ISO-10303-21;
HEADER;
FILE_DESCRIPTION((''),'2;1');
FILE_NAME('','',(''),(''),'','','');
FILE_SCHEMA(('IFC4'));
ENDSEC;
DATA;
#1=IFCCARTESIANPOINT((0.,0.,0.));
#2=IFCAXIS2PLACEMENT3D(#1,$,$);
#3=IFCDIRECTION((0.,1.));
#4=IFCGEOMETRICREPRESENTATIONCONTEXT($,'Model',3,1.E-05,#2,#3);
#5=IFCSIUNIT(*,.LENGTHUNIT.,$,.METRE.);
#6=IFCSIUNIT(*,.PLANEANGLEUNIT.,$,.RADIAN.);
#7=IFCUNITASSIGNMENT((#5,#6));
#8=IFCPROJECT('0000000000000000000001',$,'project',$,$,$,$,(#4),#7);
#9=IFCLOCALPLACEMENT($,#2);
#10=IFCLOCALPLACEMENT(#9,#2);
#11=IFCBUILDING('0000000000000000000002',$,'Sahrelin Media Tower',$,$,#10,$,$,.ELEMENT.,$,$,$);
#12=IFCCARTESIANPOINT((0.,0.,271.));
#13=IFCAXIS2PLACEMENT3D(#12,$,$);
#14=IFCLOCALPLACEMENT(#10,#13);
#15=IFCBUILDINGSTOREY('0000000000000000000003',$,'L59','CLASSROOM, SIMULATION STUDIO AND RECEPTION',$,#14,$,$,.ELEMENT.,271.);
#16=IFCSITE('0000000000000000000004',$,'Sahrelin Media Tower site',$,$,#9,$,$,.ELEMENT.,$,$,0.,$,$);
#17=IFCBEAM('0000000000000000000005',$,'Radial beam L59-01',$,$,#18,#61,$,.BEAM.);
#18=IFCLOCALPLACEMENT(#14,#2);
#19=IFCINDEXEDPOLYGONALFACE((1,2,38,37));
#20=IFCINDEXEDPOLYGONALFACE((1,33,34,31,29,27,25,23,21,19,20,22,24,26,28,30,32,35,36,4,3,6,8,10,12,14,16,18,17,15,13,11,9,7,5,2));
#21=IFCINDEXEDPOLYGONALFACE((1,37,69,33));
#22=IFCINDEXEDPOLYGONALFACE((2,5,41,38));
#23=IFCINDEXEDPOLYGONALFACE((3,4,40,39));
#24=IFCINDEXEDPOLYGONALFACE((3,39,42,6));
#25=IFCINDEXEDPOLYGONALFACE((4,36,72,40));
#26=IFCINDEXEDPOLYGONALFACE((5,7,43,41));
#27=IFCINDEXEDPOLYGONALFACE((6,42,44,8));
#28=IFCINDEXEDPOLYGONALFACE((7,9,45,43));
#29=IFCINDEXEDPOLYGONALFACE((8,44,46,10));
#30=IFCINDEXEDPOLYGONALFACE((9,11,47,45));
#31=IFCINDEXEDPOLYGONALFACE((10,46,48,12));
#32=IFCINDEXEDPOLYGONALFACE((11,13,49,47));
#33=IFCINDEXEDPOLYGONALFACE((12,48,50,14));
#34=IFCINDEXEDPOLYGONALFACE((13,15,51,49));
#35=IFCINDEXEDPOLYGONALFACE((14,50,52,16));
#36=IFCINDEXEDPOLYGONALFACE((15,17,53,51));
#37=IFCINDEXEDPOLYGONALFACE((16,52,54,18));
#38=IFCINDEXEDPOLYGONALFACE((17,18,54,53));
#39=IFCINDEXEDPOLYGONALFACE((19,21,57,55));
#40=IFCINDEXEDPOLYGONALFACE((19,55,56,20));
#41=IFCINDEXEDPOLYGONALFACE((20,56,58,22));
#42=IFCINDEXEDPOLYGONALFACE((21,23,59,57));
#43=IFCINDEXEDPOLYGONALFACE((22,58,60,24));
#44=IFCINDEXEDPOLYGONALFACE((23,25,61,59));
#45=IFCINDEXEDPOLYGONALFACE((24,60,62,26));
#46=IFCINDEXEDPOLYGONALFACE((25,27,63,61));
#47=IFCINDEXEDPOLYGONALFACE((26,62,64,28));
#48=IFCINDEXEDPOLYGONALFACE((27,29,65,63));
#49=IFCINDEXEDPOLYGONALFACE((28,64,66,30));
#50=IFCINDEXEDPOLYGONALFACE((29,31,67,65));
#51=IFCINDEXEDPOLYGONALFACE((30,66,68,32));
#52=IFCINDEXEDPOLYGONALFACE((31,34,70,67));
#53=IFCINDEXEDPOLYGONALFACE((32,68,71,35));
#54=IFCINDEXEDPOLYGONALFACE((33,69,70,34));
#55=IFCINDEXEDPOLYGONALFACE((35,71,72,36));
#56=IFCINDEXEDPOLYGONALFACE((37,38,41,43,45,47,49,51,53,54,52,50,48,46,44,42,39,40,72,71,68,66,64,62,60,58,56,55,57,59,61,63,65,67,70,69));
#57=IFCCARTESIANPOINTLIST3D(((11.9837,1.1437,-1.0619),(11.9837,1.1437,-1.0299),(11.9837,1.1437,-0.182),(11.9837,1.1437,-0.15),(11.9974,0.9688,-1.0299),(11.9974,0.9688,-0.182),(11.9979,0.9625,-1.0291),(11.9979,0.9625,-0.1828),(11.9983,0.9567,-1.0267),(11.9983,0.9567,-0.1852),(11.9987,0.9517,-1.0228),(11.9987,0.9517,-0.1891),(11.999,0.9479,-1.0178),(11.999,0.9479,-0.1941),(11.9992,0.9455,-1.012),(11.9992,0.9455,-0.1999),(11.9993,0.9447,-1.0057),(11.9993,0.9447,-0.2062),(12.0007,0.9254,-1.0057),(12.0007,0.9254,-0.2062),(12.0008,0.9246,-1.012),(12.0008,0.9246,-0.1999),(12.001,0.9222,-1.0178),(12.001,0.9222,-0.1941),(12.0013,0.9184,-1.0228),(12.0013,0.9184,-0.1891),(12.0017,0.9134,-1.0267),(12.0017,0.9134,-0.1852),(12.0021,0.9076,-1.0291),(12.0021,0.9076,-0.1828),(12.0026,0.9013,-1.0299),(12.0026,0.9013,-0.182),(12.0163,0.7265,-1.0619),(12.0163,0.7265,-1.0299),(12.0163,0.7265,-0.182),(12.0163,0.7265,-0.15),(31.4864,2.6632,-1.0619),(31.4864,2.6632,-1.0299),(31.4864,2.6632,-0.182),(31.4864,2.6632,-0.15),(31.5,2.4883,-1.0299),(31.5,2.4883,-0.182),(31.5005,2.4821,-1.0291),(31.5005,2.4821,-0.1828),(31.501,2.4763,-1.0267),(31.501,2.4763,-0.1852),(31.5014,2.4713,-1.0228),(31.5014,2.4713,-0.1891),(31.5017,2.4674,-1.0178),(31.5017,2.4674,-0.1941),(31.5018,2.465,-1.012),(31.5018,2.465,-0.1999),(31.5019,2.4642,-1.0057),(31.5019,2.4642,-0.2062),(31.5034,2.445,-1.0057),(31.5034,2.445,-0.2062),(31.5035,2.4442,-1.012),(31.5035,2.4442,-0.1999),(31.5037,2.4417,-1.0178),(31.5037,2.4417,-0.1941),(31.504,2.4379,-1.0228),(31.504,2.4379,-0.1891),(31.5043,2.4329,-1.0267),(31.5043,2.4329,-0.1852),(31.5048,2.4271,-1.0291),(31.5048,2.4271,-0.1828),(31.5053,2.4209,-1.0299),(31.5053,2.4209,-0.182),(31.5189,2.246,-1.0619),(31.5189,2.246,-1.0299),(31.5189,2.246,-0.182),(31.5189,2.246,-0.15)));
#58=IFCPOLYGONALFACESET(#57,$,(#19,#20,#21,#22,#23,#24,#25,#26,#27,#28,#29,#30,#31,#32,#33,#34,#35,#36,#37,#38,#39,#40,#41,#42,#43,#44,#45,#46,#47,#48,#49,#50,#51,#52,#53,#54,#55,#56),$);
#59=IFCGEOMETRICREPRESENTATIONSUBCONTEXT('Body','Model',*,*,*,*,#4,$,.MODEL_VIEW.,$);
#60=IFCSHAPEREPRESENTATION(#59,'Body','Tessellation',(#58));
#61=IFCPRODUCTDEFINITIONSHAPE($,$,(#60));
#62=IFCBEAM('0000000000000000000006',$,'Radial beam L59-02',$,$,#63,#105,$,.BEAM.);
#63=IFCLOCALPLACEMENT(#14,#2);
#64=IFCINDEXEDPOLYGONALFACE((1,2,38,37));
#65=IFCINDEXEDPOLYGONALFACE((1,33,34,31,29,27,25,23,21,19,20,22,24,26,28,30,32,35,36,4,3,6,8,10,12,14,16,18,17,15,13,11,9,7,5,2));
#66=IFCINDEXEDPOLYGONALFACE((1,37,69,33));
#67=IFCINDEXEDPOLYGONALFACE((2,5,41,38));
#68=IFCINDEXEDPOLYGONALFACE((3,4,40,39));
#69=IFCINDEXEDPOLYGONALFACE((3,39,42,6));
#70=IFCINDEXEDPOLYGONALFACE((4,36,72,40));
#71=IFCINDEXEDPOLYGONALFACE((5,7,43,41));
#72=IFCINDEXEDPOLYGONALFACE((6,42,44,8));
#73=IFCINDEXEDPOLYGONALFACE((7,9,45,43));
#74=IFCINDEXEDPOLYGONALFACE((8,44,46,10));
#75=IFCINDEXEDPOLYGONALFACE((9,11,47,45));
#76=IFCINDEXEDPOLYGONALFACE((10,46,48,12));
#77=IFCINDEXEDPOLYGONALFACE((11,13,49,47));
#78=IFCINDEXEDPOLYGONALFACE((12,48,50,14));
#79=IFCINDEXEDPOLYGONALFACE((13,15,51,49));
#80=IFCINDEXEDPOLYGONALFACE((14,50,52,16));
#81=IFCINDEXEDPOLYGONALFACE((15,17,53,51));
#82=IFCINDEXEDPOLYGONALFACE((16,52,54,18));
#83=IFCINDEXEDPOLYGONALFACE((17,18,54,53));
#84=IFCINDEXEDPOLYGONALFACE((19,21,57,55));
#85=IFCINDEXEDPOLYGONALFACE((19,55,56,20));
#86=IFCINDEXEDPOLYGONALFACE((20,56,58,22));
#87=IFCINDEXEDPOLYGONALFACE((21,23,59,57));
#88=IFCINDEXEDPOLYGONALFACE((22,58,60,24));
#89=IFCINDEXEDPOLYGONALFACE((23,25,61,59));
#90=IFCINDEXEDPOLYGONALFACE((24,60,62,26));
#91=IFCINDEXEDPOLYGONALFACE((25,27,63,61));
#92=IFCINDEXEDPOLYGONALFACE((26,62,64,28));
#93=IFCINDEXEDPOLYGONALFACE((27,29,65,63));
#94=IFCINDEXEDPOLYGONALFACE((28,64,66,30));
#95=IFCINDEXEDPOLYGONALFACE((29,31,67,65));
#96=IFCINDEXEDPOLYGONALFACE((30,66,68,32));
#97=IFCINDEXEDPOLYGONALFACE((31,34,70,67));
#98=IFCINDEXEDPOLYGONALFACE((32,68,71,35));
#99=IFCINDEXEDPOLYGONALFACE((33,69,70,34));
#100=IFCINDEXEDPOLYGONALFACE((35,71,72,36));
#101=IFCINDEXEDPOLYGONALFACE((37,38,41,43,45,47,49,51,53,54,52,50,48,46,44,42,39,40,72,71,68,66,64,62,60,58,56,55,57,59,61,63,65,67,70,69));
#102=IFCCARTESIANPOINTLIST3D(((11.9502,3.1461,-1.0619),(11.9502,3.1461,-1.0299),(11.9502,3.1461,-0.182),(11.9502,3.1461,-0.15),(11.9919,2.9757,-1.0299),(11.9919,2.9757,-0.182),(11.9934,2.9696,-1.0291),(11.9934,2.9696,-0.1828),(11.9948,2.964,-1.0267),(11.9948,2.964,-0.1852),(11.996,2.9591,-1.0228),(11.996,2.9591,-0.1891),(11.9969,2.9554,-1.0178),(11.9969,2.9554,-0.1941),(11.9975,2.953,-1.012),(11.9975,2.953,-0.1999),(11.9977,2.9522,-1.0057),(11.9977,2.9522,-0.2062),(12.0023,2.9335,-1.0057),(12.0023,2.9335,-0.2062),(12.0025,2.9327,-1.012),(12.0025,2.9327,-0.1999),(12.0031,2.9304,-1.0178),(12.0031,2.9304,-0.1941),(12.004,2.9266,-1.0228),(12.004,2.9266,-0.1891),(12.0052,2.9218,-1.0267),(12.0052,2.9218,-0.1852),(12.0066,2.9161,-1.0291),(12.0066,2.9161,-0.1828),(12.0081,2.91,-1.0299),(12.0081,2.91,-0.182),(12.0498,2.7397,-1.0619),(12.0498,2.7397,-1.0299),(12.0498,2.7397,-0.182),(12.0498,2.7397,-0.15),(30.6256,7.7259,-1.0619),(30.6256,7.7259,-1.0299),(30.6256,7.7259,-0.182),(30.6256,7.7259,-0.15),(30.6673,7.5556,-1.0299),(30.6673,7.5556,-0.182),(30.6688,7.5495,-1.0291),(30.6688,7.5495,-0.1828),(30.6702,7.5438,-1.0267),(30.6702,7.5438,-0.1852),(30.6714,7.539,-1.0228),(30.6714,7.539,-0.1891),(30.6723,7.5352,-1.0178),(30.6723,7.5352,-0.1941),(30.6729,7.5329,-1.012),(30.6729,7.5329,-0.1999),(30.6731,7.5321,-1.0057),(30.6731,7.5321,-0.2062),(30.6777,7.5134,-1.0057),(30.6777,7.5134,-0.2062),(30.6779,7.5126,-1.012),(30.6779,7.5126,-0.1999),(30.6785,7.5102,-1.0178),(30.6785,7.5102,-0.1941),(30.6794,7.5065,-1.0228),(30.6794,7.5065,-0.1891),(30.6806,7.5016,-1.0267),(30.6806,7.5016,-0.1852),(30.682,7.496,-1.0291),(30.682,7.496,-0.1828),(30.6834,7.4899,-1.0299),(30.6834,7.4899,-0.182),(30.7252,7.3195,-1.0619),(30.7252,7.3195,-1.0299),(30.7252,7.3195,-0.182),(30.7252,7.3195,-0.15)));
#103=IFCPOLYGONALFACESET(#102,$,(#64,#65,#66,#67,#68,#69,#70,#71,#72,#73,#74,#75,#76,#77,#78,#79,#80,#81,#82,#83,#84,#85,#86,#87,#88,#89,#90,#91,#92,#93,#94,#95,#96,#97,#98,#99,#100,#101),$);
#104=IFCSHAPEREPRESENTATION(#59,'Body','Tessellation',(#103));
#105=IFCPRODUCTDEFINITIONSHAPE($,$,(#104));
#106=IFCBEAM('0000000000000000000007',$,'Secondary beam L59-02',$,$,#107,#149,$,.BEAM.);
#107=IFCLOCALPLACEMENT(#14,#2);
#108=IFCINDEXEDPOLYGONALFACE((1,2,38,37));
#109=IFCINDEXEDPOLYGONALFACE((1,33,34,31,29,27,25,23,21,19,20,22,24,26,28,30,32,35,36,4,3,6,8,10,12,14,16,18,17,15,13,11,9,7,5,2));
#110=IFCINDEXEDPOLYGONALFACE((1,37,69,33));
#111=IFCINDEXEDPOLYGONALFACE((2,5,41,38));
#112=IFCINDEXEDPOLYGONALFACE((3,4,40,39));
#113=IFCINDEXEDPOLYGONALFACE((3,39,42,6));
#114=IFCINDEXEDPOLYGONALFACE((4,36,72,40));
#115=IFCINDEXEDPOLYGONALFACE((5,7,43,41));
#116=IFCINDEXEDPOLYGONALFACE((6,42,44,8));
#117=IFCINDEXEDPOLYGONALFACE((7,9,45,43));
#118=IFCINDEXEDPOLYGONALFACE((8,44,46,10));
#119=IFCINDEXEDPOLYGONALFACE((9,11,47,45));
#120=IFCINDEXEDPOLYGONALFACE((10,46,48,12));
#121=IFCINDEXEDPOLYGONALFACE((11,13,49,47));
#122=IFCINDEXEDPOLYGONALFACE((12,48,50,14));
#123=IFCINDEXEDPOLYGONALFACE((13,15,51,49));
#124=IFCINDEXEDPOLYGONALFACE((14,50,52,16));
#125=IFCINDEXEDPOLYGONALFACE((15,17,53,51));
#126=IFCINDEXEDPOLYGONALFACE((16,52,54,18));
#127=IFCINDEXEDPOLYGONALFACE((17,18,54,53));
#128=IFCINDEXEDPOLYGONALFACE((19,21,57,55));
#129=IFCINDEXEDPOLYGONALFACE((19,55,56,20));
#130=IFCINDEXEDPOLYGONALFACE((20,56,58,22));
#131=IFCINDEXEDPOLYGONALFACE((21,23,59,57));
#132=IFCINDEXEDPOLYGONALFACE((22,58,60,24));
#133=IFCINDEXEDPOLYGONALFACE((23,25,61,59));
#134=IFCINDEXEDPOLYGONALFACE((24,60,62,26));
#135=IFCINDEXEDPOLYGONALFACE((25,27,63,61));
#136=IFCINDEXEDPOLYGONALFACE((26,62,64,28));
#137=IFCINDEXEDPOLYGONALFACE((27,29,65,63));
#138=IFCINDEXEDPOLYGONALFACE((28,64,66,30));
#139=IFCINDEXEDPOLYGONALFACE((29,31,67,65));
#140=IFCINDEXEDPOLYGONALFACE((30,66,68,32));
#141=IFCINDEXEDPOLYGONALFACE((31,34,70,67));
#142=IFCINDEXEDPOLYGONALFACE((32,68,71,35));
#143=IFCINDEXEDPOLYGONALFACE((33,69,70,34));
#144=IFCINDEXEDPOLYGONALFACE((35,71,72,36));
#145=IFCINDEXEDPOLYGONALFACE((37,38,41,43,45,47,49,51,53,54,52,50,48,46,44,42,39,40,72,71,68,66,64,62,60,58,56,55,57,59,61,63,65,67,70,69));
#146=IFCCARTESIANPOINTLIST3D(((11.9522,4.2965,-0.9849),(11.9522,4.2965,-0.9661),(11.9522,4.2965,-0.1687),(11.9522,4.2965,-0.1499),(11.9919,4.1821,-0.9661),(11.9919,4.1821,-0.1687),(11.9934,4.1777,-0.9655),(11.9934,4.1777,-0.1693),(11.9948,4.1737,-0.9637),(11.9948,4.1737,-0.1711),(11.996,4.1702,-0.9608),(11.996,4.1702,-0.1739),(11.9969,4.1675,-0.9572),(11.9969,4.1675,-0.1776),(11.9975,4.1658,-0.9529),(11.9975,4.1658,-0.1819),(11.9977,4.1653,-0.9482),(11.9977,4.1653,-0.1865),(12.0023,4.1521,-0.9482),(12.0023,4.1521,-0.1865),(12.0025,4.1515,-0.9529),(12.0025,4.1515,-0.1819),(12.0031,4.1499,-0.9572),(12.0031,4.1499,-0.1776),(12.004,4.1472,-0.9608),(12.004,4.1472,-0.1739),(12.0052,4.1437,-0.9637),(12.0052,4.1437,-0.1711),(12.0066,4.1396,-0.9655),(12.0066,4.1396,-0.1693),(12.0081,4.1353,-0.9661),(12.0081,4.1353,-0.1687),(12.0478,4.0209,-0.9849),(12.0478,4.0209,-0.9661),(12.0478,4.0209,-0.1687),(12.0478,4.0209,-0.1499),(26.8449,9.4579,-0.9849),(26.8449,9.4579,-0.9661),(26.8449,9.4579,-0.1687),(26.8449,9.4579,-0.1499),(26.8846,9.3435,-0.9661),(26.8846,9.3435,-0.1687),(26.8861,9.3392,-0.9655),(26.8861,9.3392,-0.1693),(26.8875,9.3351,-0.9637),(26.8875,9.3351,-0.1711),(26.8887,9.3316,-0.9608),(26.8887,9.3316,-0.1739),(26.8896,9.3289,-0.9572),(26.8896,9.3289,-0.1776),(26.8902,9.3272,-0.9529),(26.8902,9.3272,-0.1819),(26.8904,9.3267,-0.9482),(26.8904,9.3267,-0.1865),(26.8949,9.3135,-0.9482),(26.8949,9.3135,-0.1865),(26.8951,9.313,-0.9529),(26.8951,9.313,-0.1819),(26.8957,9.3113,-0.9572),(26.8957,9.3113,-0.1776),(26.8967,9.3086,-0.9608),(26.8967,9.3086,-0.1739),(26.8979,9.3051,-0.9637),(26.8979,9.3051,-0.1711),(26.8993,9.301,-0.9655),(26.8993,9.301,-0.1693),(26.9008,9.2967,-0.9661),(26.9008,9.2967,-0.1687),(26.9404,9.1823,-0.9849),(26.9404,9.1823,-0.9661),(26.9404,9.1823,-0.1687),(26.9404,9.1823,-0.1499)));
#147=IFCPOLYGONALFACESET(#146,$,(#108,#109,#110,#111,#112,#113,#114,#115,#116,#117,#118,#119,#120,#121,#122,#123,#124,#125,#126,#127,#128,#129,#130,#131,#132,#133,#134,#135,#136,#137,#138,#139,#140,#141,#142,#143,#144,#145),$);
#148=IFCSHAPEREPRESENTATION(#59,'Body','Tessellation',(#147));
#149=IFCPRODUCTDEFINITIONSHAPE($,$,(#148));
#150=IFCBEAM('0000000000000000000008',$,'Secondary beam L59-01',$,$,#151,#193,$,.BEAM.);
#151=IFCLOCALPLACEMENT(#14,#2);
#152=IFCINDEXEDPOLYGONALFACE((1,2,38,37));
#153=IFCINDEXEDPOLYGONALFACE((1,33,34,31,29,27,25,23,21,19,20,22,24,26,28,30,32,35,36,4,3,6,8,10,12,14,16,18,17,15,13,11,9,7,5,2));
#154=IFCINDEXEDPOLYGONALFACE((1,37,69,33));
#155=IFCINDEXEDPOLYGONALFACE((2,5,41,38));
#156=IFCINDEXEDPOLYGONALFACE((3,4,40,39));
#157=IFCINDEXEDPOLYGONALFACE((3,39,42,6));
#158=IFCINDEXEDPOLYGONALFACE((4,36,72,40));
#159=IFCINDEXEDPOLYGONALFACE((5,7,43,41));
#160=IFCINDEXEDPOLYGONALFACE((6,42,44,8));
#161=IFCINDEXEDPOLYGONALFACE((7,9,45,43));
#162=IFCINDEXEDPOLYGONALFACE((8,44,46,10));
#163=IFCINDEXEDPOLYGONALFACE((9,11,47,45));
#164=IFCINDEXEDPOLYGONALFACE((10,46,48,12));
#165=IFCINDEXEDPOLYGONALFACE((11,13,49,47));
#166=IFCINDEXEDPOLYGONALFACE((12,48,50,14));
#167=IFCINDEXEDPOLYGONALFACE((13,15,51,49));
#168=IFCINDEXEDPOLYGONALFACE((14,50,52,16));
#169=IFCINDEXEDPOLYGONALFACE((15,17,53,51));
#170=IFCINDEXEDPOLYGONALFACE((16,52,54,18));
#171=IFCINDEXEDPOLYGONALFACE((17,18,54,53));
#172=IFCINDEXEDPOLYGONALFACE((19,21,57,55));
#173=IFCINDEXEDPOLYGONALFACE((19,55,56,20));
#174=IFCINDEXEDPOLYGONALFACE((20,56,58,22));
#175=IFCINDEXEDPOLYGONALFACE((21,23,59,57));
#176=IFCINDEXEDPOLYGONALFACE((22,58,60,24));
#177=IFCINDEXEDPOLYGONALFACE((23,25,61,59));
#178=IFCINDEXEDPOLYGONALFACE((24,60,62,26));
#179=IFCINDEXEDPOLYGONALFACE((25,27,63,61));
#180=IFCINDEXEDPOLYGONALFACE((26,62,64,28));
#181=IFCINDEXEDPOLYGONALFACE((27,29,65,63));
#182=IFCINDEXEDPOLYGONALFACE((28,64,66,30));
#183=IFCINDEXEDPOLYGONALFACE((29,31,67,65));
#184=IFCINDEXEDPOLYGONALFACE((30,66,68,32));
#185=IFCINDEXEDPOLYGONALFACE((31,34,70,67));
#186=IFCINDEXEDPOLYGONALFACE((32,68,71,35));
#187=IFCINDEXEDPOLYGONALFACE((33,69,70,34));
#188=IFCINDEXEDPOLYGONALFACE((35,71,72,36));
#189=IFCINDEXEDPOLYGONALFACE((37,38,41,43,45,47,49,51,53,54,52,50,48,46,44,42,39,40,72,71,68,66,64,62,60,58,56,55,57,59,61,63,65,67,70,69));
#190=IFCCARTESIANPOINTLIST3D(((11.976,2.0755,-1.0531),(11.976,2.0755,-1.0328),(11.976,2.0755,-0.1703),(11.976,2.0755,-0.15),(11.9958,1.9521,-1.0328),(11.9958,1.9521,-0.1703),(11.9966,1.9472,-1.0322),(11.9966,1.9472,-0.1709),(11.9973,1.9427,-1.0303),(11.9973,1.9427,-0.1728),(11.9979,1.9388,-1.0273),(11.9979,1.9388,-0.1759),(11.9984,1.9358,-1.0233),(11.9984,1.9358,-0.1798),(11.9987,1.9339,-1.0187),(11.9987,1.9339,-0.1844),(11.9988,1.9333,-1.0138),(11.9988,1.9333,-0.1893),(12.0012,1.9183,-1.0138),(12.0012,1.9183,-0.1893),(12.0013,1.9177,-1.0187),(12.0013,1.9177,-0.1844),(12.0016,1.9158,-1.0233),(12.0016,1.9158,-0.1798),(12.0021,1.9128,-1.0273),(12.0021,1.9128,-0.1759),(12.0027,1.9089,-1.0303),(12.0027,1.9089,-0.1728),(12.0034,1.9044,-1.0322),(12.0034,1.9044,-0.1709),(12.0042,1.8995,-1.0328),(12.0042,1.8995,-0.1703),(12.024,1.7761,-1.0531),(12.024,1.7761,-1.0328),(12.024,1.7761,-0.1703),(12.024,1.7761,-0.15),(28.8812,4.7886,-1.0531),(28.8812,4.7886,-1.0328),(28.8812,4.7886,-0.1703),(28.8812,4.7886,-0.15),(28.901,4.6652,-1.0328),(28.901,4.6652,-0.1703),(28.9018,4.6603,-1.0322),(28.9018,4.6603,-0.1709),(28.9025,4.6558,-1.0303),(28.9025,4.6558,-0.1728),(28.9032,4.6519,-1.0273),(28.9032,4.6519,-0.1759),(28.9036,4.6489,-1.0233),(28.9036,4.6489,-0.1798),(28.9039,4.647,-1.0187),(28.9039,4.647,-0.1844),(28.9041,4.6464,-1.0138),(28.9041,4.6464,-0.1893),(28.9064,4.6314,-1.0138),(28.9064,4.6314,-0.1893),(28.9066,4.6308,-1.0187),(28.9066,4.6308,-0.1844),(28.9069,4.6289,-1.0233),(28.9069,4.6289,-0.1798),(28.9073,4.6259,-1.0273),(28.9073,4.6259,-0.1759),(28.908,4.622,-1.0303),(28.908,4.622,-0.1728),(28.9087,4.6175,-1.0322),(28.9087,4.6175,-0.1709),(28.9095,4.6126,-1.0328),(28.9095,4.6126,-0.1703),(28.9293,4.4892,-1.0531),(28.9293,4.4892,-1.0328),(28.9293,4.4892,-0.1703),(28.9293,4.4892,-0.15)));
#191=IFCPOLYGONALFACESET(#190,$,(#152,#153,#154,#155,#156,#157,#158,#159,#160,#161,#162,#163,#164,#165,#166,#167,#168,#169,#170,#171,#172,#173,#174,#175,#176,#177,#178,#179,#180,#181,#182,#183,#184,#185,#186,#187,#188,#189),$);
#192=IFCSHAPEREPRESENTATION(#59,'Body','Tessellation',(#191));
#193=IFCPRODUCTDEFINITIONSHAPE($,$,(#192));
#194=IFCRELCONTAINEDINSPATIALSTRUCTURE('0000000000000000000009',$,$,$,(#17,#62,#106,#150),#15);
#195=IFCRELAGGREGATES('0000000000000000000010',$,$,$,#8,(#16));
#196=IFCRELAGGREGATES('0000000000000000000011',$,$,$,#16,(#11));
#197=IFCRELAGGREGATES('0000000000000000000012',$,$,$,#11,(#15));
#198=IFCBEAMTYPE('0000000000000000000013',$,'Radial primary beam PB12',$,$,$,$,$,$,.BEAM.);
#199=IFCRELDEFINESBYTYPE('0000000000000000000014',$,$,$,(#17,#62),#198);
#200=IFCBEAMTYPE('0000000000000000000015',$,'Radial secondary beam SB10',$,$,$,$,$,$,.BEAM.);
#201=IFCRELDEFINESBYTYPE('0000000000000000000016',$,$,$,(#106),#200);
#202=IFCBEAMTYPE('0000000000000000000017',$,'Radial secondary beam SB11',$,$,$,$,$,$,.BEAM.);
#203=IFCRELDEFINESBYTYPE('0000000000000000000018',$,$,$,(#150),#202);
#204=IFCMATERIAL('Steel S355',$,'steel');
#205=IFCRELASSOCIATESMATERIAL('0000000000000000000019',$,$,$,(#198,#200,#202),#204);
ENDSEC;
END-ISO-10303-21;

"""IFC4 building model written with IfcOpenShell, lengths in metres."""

from ifc_helpers import new_model, si_unit, direction, frame, origin, origin_2d, place, context, subcontext, project, spatial, i_section, extrude, material, material_profile, profile_set, type_object, element, save


model = new_model("IFC4")

# Units and contexts
model_context = context("Model", 3, precision=1e-05, world=origin(), true_north=direction((0.0, 1.0)))
body_context = subcontext(model_context, "Body", "Model", "MODEL_VIEW")
ifc_project = project(units=[si_unit("LENGTHUNIT", "METRE"), si_unit("PLANEANGLEUNIT", "RADIAN")], contexts=[model_context])

# Site, building, storey
site_placement = place(None, origin())
site = spatial("IfcSite", under=ifc_project, at=site_placement, Name="Sahrelin Media Tower site", CompositionType="ELEMENT", RefElevation=0.0)
building_placement = place(site_placement, origin())
building = spatial("IfcBuilding", under=site, at=building_placement, Name="Sahrelin Media Tower", CompositionType="ELEMENT")
storey_placement = place(building_placement, frame((0.0, 0.0, 271.0)))
storey = spatial("IfcBuildingStorey", under=building, at=storey_placement, Name="L59", Description="CLASSROOM, SIMULATION STUDIO AND RECEPTION", CompositionType="ELEMENT", Elevation=271.0)

# Beams
ifc_material_1 = material(Name="Steel S355", Category="steel")
ifc_material_profile_1 = material_profile(ifc_material_1, i_section(OverallWidth=0.4185, OverallDepth=0.9119, WebThickness=0.0193, FlangeThickness=0.032, FilletRadius=0.0242, at=origin_2d()), Name="UB 914x419x343")
ifc_profile_set_1 = profile_set([ifc_material_profile_1], Name="Steel S355")
beam_type_1 = type_object("IfcBeamType", Name="Radial primary beam PB12", PredefinedType="BEAM", material=ifc_profile_set_1)
beam_1_placement = place(storey_placement, frame((12.0, 0.9351, -0.606), z_axis=(0.996978, 0.077679, 0.0), x_axis=(-0.077679, 0.996978, 0.0)))
element("IfcBeam", 1, at=beam_1_placement, inside=storey, type_object=beam_type_1, Name="Radial beam L59-01", PredefinedType="BEAM", context=body_context, shape_type="SweptSolid", body=[
    extrude(i_section(OverallWidth=0.4185, OverallDepth=0.9119, WebThickness=0.0193, FlangeThickness=0.032, FilletRadius=0.0242, at=origin_2d()), origin(), (0.0, 0.0, 1.0), 19.5618),
])
beam_2_placement = place(storey_placement, frame((12.0, 2.9429, -0.606), z_axis=(0.971222, 0.238177, 0.0), x_axis=(-0.238177, 0.971222, 0.0)))
element("IfcBeam", 2, at=beam_2_placement, inside=storey, type_object=beam_type_1, Name="Radial beam L59-02", PredefinedType="BEAM", context=body_context, shape_type="SweptSolid", body=[
    extrude(i_section(OverallWidth=0.4185, OverallDepth=0.9119, WebThickness=0.0193, FlangeThickness=0.032, FilletRadius=0.0242, at=origin_2d()), origin(), (0.0, 0.0, 1.0), 19.2288),
])
ifc_material_profile_2 = material_profile(ifc_material_1, i_section(OverallWidth=0.2917, OverallDepth=0.835, WebThickness=0.0139, FlangeThickness=0.0188, FilletRadius=0.0178, at=origin_2d()), Name="UB 838x292x176")
ifc_profile_set_2 = profile_set([ifc_material_profile_2], Name="Steel S355")
beam_type_2 = type_object("IfcBeamType", Name="Radial secondary beam SB10", PredefinedType="BEAM", material=ifc_profile_set_2)
beam_3_placement = place(storey_placement, frame((12.0, 4.1587, -0.5674), z_axis=(0.944863, 0.327465, 0.0), x_axis=(-0.327465, 0.944863, 0.0)))
element("IfcBeam", 3, at=beam_3_placement, inside=storey, type_object=beam_type_2, Name="Secondary beam L59-02", PredefinedType="BEAM", context=body_context, shape_type="SweptSolid", body=[
    extrude(i_section(OverallWidth=0.2917, OverallDepth=0.835, WebThickness=0.0139, FlangeThickness=0.0188, FilletRadius=0.0178, at=origin_2d()), origin(), (0.0, 0.0, 1.0), 15.7617),
])
ifc_material_profile_3 = material_profile(ifc_material_1, i_section(OverallWidth=0.3032, OverallDepth=0.9031, WebThickness=0.0151, FlangeThickness=0.0203, FilletRadius=0.019, at=origin_2d()), Name="UB 914x305x201")
ifc_profile_set_3 = profile_set([ifc_material_profile_3], Name="Steel S355")
beam_type_3 = type_object("IfcBeamType", Name="Radial secondary beam SB11", PredefinedType="BEAM", material=ifc_profile_set_3)
beam_4_placement = place(storey_placement, frame((12.0, 1.9258, -0.6016), z_axis=(0.987365, 0.158463, 0.0), x_axis=(-0.158463, 0.987365, 0.0)))
element("IfcBeam", 4, at=beam_4_placement, inside=storey, type_object=beam_type_3, Name="Secondary beam L59-01", PredefinedType="BEAM", context=body_context, shape_type="SweptSolid", body=[
    extrude(i_section(OverallWidth=0.3032, OverallDepth=0.9031, WebThickness=0.0151, FlangeThickness=0.0203, FilletRadius=0.019, at=origin_2d()), origin(), (0.0, 0.0, 1.0), 17.1216),
])

save(model, "model.ifc")
